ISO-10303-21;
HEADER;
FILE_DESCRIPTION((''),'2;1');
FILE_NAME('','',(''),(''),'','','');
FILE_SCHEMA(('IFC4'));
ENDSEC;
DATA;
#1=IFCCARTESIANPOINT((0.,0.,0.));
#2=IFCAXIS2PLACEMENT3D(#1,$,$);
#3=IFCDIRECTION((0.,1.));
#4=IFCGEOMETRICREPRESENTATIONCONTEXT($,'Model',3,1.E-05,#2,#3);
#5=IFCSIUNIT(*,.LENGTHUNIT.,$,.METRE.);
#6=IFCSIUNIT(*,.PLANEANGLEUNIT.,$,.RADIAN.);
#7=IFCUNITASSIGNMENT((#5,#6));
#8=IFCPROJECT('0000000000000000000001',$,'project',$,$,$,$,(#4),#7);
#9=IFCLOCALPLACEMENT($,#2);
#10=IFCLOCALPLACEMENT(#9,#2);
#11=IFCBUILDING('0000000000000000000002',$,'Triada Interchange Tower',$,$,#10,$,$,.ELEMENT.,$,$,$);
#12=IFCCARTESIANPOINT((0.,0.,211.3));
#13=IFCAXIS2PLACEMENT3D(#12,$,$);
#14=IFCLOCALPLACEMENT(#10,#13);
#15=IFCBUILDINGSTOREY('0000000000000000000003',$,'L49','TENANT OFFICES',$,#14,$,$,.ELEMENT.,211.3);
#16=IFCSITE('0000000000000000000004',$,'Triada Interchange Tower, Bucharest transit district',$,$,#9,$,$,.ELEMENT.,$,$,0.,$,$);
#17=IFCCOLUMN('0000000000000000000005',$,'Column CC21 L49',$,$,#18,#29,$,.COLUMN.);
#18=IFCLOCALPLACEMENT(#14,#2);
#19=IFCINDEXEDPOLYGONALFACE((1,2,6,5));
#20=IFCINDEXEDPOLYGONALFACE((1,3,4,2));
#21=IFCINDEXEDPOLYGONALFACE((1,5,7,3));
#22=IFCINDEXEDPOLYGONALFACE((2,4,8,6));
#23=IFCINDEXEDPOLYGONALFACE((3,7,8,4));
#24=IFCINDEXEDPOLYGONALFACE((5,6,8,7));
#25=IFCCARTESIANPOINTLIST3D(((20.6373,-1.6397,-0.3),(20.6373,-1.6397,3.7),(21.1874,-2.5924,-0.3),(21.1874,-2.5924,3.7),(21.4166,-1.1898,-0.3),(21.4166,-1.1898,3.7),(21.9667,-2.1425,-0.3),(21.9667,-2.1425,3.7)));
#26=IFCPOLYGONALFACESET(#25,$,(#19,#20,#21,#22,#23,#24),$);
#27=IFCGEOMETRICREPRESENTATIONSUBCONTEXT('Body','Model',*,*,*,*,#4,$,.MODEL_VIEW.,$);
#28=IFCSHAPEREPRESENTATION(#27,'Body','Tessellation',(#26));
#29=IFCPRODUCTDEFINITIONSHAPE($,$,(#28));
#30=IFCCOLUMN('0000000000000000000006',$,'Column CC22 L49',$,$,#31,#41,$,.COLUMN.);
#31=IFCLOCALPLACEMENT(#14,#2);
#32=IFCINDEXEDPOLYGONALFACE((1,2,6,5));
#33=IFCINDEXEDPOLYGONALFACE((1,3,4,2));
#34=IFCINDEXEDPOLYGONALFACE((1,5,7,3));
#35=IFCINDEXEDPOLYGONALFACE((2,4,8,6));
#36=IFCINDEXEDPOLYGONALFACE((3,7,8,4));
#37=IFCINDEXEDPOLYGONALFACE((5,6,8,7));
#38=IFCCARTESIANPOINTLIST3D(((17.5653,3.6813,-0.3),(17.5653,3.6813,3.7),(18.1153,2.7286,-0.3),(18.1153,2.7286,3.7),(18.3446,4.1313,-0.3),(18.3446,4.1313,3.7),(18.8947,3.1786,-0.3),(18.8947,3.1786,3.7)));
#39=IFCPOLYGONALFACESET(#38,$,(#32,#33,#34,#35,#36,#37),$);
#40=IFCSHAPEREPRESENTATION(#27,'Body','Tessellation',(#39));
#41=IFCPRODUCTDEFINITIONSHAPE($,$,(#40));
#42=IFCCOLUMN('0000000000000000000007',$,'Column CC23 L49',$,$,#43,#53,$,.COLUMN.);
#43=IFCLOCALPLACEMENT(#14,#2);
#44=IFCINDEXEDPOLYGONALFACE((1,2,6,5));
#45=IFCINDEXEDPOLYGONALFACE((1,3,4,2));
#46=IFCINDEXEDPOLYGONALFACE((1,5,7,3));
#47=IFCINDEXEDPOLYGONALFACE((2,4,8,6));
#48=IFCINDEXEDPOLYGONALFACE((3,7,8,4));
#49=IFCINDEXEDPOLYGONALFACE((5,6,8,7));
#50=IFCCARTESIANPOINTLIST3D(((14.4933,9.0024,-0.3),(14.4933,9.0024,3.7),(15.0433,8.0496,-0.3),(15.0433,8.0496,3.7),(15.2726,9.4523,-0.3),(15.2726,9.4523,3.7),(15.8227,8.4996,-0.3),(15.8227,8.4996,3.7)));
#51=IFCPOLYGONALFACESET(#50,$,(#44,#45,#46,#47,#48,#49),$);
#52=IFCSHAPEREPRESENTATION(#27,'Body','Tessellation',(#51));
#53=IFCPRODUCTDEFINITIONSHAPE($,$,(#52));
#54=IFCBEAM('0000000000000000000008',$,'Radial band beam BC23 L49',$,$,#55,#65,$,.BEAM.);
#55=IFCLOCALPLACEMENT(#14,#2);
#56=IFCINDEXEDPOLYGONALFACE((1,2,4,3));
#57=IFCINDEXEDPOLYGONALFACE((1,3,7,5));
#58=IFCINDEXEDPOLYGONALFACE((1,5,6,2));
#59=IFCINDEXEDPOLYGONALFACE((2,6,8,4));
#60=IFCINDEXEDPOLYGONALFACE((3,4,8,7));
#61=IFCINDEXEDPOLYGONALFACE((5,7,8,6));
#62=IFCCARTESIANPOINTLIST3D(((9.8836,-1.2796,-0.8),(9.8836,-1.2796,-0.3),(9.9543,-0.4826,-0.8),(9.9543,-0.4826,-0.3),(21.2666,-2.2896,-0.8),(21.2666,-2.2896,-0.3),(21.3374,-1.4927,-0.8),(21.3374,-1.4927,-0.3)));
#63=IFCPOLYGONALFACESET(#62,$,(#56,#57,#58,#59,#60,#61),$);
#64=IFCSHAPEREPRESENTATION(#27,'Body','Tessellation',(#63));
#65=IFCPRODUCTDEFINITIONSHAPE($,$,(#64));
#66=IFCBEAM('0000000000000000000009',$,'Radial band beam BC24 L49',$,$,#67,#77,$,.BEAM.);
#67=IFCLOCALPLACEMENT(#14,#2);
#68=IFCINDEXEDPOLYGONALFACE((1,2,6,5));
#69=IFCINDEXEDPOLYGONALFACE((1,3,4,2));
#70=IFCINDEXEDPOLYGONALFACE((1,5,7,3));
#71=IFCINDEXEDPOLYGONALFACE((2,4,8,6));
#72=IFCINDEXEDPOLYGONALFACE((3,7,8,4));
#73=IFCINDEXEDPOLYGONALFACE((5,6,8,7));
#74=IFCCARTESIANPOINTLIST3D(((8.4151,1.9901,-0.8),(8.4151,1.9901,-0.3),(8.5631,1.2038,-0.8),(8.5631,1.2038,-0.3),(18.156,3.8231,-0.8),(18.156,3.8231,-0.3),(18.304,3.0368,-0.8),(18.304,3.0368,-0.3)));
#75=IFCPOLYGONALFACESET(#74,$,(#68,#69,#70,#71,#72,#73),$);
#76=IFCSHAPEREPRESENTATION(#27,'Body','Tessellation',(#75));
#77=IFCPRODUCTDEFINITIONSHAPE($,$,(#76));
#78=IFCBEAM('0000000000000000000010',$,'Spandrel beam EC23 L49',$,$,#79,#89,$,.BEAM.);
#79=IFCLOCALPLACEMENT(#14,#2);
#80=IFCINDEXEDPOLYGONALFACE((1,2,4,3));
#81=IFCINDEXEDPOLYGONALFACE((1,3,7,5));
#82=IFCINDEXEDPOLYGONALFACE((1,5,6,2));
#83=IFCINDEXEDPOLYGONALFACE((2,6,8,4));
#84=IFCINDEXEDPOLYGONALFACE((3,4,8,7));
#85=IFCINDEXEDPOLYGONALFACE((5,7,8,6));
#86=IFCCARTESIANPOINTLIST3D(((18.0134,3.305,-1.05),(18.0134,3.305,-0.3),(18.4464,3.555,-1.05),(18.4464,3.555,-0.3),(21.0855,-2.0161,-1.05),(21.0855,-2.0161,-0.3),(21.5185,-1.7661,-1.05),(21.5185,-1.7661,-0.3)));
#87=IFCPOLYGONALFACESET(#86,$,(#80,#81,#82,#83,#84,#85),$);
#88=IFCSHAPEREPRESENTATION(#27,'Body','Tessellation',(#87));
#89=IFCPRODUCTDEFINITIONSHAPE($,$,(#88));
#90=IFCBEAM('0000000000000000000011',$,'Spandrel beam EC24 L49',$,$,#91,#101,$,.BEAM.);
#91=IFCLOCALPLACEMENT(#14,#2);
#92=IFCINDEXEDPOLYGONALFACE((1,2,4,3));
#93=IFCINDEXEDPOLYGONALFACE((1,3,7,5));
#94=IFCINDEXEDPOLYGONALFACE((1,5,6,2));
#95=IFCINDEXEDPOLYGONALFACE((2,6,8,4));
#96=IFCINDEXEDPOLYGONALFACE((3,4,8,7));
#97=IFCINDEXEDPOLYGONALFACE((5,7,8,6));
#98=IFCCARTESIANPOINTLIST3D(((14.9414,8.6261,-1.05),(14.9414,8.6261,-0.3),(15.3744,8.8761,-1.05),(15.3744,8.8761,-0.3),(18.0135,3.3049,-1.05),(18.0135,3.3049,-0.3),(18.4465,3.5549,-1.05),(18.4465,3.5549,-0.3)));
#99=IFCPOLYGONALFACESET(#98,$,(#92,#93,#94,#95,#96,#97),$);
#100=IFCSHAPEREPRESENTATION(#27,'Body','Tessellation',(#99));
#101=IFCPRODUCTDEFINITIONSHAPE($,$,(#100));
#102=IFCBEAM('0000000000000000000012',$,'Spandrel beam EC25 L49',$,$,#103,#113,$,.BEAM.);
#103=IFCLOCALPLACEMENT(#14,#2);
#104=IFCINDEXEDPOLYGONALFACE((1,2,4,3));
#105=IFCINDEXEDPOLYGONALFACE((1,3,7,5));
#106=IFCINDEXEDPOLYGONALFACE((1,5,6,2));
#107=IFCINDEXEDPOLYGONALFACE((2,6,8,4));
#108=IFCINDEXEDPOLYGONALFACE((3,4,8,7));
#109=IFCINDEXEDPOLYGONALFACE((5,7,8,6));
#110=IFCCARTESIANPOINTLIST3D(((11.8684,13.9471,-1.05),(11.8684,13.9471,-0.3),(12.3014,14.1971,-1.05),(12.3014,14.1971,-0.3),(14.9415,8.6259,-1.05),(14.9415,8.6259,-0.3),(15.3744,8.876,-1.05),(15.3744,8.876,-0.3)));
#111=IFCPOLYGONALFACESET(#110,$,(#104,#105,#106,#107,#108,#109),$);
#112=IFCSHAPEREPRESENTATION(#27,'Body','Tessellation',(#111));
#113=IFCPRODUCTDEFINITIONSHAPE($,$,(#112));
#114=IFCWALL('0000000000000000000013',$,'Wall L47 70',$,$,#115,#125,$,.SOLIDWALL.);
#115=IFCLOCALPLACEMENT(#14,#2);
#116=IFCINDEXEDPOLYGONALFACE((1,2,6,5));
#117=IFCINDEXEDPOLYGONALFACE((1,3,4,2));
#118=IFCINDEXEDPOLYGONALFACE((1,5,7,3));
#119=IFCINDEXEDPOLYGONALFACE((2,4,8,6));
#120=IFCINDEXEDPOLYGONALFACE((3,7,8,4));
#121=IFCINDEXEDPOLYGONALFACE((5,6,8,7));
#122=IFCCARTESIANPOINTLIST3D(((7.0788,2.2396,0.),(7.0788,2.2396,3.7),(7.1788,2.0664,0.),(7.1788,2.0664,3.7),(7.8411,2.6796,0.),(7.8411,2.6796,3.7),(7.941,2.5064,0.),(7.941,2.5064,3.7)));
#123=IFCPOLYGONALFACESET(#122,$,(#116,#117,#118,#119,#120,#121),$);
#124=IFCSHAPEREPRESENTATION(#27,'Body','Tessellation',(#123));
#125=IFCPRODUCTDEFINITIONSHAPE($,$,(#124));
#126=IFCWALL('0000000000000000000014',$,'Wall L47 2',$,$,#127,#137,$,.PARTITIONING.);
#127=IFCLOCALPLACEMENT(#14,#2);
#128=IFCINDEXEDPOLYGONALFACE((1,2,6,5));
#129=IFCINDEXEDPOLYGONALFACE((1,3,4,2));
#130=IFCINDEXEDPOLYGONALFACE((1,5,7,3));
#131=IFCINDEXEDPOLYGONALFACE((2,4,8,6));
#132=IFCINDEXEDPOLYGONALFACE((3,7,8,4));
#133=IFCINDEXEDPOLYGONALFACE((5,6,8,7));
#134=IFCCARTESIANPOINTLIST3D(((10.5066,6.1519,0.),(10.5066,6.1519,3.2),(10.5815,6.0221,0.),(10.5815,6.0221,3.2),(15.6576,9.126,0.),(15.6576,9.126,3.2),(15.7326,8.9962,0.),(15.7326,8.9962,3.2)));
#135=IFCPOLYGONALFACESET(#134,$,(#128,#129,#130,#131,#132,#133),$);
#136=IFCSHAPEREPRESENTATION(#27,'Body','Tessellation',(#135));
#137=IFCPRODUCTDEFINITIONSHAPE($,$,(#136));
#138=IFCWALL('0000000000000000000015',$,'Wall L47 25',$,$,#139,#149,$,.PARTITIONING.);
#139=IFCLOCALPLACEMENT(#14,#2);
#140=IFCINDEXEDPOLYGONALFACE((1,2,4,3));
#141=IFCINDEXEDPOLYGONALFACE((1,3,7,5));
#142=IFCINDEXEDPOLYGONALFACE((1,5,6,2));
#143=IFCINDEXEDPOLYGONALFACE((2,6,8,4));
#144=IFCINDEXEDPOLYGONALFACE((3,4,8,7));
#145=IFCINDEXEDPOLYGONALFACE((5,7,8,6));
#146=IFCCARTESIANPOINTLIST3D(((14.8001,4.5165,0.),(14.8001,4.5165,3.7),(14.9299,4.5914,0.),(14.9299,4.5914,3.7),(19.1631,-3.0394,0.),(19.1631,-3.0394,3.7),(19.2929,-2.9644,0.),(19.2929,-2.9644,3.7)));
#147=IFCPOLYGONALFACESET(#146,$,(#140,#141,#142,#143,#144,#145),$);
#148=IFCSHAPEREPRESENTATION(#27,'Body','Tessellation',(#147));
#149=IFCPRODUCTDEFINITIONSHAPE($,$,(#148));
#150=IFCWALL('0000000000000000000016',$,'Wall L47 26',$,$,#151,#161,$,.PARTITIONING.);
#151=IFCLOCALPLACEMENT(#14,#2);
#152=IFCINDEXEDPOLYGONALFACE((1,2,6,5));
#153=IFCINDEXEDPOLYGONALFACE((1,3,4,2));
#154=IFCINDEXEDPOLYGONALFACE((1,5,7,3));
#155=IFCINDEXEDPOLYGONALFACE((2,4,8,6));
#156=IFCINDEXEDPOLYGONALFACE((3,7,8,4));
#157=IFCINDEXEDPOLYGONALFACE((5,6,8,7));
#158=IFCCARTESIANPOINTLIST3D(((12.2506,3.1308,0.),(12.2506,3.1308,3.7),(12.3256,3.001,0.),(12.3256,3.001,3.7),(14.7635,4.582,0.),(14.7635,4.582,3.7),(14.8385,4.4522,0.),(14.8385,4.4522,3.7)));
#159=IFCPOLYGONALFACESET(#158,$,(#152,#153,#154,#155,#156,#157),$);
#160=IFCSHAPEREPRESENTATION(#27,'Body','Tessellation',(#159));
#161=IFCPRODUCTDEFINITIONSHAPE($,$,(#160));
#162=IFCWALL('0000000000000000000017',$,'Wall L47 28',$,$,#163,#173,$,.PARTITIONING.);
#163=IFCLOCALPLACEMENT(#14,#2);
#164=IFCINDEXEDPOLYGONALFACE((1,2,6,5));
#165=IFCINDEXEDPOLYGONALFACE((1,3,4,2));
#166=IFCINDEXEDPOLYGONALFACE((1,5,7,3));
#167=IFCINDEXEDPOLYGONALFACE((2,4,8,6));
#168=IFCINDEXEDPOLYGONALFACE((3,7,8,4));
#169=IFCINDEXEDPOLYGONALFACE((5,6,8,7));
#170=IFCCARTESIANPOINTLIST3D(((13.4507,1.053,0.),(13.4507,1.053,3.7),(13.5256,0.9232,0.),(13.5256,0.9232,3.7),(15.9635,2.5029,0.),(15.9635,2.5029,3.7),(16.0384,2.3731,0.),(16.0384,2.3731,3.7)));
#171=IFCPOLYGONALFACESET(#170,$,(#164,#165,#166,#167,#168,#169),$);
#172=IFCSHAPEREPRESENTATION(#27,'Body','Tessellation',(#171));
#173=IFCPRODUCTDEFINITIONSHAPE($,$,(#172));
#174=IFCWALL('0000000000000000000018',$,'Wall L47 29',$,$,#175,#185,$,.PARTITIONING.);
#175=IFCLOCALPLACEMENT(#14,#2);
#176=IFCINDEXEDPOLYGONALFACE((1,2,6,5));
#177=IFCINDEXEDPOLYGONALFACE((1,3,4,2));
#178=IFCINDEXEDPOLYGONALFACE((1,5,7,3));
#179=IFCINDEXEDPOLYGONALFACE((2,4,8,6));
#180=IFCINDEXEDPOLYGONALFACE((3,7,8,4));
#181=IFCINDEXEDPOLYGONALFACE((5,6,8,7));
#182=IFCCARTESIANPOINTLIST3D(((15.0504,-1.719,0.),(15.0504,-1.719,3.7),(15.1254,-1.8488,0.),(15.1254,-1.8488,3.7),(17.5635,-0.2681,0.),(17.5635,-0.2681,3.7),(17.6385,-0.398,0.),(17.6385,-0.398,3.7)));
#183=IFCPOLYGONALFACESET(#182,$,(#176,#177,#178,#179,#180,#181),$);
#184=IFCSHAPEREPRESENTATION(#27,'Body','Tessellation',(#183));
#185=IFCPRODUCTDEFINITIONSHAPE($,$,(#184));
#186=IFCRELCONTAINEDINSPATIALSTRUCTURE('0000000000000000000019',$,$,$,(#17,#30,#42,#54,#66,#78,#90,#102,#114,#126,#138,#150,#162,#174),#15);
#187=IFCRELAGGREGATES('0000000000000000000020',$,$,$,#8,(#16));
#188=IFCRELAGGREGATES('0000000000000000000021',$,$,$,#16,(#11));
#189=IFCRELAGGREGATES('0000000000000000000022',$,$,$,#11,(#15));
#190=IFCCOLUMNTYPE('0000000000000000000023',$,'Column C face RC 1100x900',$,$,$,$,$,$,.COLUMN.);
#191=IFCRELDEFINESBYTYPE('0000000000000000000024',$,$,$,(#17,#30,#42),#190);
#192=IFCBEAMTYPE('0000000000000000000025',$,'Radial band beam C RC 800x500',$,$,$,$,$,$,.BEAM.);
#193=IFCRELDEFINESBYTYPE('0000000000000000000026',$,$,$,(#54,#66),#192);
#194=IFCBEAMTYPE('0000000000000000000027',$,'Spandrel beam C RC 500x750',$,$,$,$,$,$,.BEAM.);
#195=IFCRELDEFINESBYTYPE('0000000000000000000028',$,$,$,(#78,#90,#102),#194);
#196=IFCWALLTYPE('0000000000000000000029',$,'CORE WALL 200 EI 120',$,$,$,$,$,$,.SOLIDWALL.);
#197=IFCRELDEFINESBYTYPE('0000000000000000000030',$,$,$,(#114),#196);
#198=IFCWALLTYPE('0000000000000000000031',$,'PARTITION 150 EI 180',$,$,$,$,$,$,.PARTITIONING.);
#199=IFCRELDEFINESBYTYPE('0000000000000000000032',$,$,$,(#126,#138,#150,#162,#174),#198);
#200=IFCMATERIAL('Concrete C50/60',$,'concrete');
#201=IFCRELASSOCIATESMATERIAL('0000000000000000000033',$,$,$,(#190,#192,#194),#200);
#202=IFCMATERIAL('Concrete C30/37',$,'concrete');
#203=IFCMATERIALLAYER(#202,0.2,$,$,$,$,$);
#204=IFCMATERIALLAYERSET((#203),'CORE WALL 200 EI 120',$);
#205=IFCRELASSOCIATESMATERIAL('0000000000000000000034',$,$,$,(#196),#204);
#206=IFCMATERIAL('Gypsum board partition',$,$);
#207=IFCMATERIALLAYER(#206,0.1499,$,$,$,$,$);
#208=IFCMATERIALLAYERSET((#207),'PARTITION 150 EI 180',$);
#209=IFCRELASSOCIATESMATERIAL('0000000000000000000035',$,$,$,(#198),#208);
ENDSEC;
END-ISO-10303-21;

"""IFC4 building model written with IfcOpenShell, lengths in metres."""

from ifc_helpers import new_model, si_unit, direction, frame, frame_2d, origin, origin_2d, place, context, subcontext, project, spatial, rectangle, extrude, material, layer, layer_set, material_profile, profile_set, type_object, element, save


model = new_model("IFC4")

# Units and contexts
model_context = context("Model", 3, precision=1e-05, world=origin(), true_north=direction((0.0, 1.0)))
body_context = subcontext(model_context, "Body", "Model", "MODEL_VIEW")
ifc_project = project(units=[si_unit("LENGTHUNIT", "METRE"), si_unit("PLANEANGLEUNIT", "RADIAN")], contexts=[model_context])

# Site, building, storey
site_placement = place(None, origin())
site = spatial("IfcSite", under=ifc_project, at=site_placement, Name="Triada Interchange Tower, Bucharest transit district", CompositionType="ELEMENT", RefElevation=0.0)
building_placement = place(site_placement, origin())
building = spatial("IfcBuilding", under=site, at=building_placement, Name="Triada Interchange Tower", CompositionType="ELEMENT")
storey_placement = place(building_placement, frame((0.0, 0.0, 211.3)))
storey = spatial("IfcBuildingStorey", under=building, at=storey_placement, Name="L49", Description="TENANT OFFICES", CompositionType="ELEMENT", Elevation=211.3)

# Columns
ifc_material_1 = material(Name="Concrete C50/60", Category="concrete")
ifc_material_profile_1 = material_profile(ifc_material_1, rectangle(XDim=1.1001, YDim=0.8999, at=origin_2d()), Name="RC 1100x900")
ifc_profile_set_1 = profile_set([ifc_material_profile_1], Name="Concrete C50/60")
column_type = type_object("IfcColumnType", Name="Column C face RC 1100x900", PredefinedType="COLUMN", material=ifc_profile_set_1)
for number, where, z_axis, x_axis, name in (
    (1, (21.302, -1.8911, -0.3), (0.0, 0.0, 1.0), (-0.5, 0.866025, 0.0), "Column CC21 L49"),
    (2, (18.23, 3.4299, -0.3), (0.0, 0.0, 1.0), (-0.5, 0.866025, 0.0), "Column CC22 L49"),
    (3, (15.158, 8.751, -0.3), (0.0, 0.0, 1.0), (-0.5, 0.866025, 0.0), "Column CC23 L49"),
):
    element("IfcColumn", number, at=place(storey_placement, frame(where, z_axis=z_axis, x_axis=x_axis)), inside=storey, type_object=column_type, Name=name, PredefinedType="COLUMN", context=body_context, shape_type="SweptSolid", body=[
        extrude(rectangle(XDim=1.1001, YDim=0.8999, at=origin_2d()), origin(), (0.0, 0.0, 1.0), 4.0),
    ])

# Beams
ifc_material_profile_2 = material_profile(ifc_material_1, rectangle(XDim=0.8, YDim=0.5, at=origin_2d()), Name="RC 800x500")
ifc_profile_set_2 = profile_set([ifc_material_profile_2], Name="Concrete C50/60")
beam_type_1 = type_object("IfcBeamType", Name="Radial band beam C RC 800x500", PredefinedType="BEAM", material=ifc_profile_set_2)
beam_1_placement = place(storey_placement, frame((21.302, -1.8911, -0.55), z_axis=(-0.996087, 0.088382, 0.0), x_axis=(-0.088382, -0.996087, 0.0)))
element("IfcBeam", 4, at=beam_1_placement, inside=storey, type_object=beam_type_1, Name="Radial band beam BC23 L49", PredefinedType="BEAM", context=body_context, shape_type="SweptSolid", body=[
    extrude(rectangle(XDim=0.8, YDim=0.5, at=origin_2d()), origin(), (0.0, 0.0, 1.0), 11.4277),
])
beam_2_placement = place(storey_placement, frame((18.23, 3.4299, -0.55), z_axis=(-0.982752, -0.184929, 0.0), x_axis=(0.184929, -0.982752, 0.0)))
element("IfcBeam", 5, at=beam_2_placement, inside=storey, type_object=beam_type_1, Name="Radial band beam BC24 L49", PredefinedType="BEAM", context=body_context, shape_type="SweptSolid", body=[
    extrude(rectangle(XDim=0.8, YDim=0.5, at=origin_2d()), origin(), (0.0, 0.0, 1.0), 9.9119),
])
ifc_material_profile_3 = material_profile(ifc_material_1, rectangle(XDim=0.5, YDim=0.75, at=origin_2d()), Name="RC 500x750")
ifc_profile_set_3 = profile_set([ifc_material_profile_3], Name="Concrete C50/60")
beam_type_2 = type_object("IfcBeamType", Name="Spandrel beam C RC 500x750", PredefinedType="BEAM", material=ifc_profile_set_3)
for number, where, z_axis, x_axis, name in (
    (6, (21.302, -1.8911, -0.675), (-0.49999, 0.866031, 0.0), (-0.866031, -0.49999, 0.0), "Spandrel beam EC23 L49"),
    (7, (18.23, 3.4299, -0.675), (-0.49999, 0.866031, 0.0), (-0.866031, -0.49999, 0.0), "Spandrel beam EC24 L49"),
):
    element("IfcBeam", number, at=place(storey_placement, frame(where, z_axis=z_axis, x_axis=x_axis)), inside=storey, type_object=beam_type_2, Name=name, PredefinedType="BEAM", context=body_context, shape_type="SweptSolid", body=[
        extrude(rectangle(XDim=0.5, YDim=0.75, at=origin_2d()), origin(), (0.0, 0.0, 1.0), 6.1443),
    ])
beam_3_placement = place(storey_placement, frame((15.158, 8.751, -0.675), z_axis=(-0.500109, 0.865963, 0.0), x_axis=(-0.865963, -0.500109, 0.0)))
element("IfcBeam", 8, at=beam_3_placement, inside=storey, type_object=beam_type_2, Name="Spandrel beam EC25 L49", PredefinedType="BEAM", context=body_context, shape_type="SweptSolid", body=[
    extrude(rectangle(XDim=0.5, YDim=0.75, at=origin_2d()), origin(), (0.0, 0.0, 1.0), 6.1448),
])

# Walls
ifc_material_2 = material(Name="Concrete C30/37", Category="concrete")
ifc_layer_1 = layer(ifc_material_2, 0.2)
ifc_layer_set_1 = layer_set([ifc_layer_1], Name="CORE WALL 200 EI 120")
wall_type_1 = type_object("IfcWallType", Name="CORE WALL 200 EI 120", PredefinedType="SOLIDWALL", material=ifc_layer_set_1)
wall_1_placement = place(storey_placement, frame((7.1289, 2.1531, 0.0), z_axis=(0.0, 0.0, 1.0), x_axis=(0.866084, 0.499899, 0.0)))
element("IfcWall", 9, at=wall_1_placement, inside=storey, type_object=wall_type_1, Name="Wall L47 70", PredefinedType="SOLIDWALL", context=body_context, shape_type="SweptSolid", body=[
    extrude(rectangle(XDim=0.8801, YDim=0.2, at=frame_2d((0.4399, 0.0))), origin(), (0.0, 0.0, 1.0), 3.7),
])
ifc_material_3 = material(Name="Gypsum board partition")
ifc_layer_2 = layer(ifc_material_3, 0.1499)
ifc_layer_set_2 = layer_set([ifc_layer_2], Name="PARTITION 150 EI 180")
wall_type_2 = type_object("IfcWallType", Name="PARTITION 150 EI 180", PredefinedType="PARTITIONING", material=ifc_layer_set_2)
wall_2_placement = place(storey_placement, frame((10.5439, 6.0869, 0.0), z_axis=(0.0, 0.0, 1.0), x_axis=(0.866017, 0.500015, 0.0)))
element("IfcWall", 10, at=wall_2_placement, inside=storey, type_object=wall_type_2, Name="Wall L47 2", PredefinedType="PARTITIONING", context=body_context, shape_type="SweptSolid", body=[
    extrude(rectangle(XDim=5.948, YDim=0.1499, at=frame_2d((2.9741, 0.0))), origin(), (0.0, 0.0, 1.0), 3.2),
])
wall_3_placement = place(storey_placement, frame((14.865, 4.554, 0.0), z_axis=(0.0, 0.0, 1.0), x_axis=(0.500054, -0.865994, 0.0)))
element("IfcWall", 11, at=wall_3_placement, inside=storey, type_object=wall_type_2, Name="Wall L47 25", PredefinedType="PARTITIONING", context=body_context, shape_type="SweptSolid", body=[
    extrude(rectangle(XDim=8.7251, YDim=0.1499, at=frame_2d((4.3625, 0.0))), origin(), (0.0, 0.0, 1.0), 3.7),
])
wall_4_placement = place(storey_placement, frame((12.2881, 3.0659, 0.0), z_axis=(0.0, 0.0, 1.0), x_axis=(0.865977, 0.500084, 0.0)))
element("IfcWall", 12, at=wall_4_placement, inside=storey, type_object=wall_type_2, Name="Wall L47 26", PredefinedType="PARTITIONING", context=body_context, shape_type="SweptSolid", body=[
    extrude(rectangle(XDim=2.9019, YDim=0.1499, at=frame_2d((1.4509, 0.0))), origin(), (0.0, 0.0, 1.0), 3.7),
])
wall_5_placement = place(storey_placement, frame((13.488, 0.988, 0.0), z_axis=(0.0, 0.0, 1.0), x_axis=(0.866159, 0.499769, 0.0)))
element("IfcWall", 13, at=wall_5_placement, inside=storey, type_object=wall_type_2, Name="Wall L47 28", PredefinedType="PARTITIONING", context=body_context, shape_type="SweptSolid", body=[
    extrude(rectangle(XDim=2.9011, YDim=0.1499, at=frame_2d((1.4507, 0.0))), origin(), (0.0, 0.0, 1.0), 3.7),
])
wall_6_placement = place(storey_placement, frame((15.0879, -1.7839, 0.0), z_axis=(0.0, 0.0, 1.0), x_axis=(0.866034, 0.499985, 0.0)))
element("IfcWall", 14, at=wall_6_placement, inside=storey, type_object=wall_type_2, Name="Wall L47 29", PredefinedType="PARTITIONING", context=body_context, shape_type="SweptSolid", body=[
    extrude(rectangle(XDim=2.9019, YDim=0.1499, at=frame_2d((1.4509, 0.0))), origin(), (0.0, 0.0, 1.0), 3.7),
])

save(model, "model.ifc")
